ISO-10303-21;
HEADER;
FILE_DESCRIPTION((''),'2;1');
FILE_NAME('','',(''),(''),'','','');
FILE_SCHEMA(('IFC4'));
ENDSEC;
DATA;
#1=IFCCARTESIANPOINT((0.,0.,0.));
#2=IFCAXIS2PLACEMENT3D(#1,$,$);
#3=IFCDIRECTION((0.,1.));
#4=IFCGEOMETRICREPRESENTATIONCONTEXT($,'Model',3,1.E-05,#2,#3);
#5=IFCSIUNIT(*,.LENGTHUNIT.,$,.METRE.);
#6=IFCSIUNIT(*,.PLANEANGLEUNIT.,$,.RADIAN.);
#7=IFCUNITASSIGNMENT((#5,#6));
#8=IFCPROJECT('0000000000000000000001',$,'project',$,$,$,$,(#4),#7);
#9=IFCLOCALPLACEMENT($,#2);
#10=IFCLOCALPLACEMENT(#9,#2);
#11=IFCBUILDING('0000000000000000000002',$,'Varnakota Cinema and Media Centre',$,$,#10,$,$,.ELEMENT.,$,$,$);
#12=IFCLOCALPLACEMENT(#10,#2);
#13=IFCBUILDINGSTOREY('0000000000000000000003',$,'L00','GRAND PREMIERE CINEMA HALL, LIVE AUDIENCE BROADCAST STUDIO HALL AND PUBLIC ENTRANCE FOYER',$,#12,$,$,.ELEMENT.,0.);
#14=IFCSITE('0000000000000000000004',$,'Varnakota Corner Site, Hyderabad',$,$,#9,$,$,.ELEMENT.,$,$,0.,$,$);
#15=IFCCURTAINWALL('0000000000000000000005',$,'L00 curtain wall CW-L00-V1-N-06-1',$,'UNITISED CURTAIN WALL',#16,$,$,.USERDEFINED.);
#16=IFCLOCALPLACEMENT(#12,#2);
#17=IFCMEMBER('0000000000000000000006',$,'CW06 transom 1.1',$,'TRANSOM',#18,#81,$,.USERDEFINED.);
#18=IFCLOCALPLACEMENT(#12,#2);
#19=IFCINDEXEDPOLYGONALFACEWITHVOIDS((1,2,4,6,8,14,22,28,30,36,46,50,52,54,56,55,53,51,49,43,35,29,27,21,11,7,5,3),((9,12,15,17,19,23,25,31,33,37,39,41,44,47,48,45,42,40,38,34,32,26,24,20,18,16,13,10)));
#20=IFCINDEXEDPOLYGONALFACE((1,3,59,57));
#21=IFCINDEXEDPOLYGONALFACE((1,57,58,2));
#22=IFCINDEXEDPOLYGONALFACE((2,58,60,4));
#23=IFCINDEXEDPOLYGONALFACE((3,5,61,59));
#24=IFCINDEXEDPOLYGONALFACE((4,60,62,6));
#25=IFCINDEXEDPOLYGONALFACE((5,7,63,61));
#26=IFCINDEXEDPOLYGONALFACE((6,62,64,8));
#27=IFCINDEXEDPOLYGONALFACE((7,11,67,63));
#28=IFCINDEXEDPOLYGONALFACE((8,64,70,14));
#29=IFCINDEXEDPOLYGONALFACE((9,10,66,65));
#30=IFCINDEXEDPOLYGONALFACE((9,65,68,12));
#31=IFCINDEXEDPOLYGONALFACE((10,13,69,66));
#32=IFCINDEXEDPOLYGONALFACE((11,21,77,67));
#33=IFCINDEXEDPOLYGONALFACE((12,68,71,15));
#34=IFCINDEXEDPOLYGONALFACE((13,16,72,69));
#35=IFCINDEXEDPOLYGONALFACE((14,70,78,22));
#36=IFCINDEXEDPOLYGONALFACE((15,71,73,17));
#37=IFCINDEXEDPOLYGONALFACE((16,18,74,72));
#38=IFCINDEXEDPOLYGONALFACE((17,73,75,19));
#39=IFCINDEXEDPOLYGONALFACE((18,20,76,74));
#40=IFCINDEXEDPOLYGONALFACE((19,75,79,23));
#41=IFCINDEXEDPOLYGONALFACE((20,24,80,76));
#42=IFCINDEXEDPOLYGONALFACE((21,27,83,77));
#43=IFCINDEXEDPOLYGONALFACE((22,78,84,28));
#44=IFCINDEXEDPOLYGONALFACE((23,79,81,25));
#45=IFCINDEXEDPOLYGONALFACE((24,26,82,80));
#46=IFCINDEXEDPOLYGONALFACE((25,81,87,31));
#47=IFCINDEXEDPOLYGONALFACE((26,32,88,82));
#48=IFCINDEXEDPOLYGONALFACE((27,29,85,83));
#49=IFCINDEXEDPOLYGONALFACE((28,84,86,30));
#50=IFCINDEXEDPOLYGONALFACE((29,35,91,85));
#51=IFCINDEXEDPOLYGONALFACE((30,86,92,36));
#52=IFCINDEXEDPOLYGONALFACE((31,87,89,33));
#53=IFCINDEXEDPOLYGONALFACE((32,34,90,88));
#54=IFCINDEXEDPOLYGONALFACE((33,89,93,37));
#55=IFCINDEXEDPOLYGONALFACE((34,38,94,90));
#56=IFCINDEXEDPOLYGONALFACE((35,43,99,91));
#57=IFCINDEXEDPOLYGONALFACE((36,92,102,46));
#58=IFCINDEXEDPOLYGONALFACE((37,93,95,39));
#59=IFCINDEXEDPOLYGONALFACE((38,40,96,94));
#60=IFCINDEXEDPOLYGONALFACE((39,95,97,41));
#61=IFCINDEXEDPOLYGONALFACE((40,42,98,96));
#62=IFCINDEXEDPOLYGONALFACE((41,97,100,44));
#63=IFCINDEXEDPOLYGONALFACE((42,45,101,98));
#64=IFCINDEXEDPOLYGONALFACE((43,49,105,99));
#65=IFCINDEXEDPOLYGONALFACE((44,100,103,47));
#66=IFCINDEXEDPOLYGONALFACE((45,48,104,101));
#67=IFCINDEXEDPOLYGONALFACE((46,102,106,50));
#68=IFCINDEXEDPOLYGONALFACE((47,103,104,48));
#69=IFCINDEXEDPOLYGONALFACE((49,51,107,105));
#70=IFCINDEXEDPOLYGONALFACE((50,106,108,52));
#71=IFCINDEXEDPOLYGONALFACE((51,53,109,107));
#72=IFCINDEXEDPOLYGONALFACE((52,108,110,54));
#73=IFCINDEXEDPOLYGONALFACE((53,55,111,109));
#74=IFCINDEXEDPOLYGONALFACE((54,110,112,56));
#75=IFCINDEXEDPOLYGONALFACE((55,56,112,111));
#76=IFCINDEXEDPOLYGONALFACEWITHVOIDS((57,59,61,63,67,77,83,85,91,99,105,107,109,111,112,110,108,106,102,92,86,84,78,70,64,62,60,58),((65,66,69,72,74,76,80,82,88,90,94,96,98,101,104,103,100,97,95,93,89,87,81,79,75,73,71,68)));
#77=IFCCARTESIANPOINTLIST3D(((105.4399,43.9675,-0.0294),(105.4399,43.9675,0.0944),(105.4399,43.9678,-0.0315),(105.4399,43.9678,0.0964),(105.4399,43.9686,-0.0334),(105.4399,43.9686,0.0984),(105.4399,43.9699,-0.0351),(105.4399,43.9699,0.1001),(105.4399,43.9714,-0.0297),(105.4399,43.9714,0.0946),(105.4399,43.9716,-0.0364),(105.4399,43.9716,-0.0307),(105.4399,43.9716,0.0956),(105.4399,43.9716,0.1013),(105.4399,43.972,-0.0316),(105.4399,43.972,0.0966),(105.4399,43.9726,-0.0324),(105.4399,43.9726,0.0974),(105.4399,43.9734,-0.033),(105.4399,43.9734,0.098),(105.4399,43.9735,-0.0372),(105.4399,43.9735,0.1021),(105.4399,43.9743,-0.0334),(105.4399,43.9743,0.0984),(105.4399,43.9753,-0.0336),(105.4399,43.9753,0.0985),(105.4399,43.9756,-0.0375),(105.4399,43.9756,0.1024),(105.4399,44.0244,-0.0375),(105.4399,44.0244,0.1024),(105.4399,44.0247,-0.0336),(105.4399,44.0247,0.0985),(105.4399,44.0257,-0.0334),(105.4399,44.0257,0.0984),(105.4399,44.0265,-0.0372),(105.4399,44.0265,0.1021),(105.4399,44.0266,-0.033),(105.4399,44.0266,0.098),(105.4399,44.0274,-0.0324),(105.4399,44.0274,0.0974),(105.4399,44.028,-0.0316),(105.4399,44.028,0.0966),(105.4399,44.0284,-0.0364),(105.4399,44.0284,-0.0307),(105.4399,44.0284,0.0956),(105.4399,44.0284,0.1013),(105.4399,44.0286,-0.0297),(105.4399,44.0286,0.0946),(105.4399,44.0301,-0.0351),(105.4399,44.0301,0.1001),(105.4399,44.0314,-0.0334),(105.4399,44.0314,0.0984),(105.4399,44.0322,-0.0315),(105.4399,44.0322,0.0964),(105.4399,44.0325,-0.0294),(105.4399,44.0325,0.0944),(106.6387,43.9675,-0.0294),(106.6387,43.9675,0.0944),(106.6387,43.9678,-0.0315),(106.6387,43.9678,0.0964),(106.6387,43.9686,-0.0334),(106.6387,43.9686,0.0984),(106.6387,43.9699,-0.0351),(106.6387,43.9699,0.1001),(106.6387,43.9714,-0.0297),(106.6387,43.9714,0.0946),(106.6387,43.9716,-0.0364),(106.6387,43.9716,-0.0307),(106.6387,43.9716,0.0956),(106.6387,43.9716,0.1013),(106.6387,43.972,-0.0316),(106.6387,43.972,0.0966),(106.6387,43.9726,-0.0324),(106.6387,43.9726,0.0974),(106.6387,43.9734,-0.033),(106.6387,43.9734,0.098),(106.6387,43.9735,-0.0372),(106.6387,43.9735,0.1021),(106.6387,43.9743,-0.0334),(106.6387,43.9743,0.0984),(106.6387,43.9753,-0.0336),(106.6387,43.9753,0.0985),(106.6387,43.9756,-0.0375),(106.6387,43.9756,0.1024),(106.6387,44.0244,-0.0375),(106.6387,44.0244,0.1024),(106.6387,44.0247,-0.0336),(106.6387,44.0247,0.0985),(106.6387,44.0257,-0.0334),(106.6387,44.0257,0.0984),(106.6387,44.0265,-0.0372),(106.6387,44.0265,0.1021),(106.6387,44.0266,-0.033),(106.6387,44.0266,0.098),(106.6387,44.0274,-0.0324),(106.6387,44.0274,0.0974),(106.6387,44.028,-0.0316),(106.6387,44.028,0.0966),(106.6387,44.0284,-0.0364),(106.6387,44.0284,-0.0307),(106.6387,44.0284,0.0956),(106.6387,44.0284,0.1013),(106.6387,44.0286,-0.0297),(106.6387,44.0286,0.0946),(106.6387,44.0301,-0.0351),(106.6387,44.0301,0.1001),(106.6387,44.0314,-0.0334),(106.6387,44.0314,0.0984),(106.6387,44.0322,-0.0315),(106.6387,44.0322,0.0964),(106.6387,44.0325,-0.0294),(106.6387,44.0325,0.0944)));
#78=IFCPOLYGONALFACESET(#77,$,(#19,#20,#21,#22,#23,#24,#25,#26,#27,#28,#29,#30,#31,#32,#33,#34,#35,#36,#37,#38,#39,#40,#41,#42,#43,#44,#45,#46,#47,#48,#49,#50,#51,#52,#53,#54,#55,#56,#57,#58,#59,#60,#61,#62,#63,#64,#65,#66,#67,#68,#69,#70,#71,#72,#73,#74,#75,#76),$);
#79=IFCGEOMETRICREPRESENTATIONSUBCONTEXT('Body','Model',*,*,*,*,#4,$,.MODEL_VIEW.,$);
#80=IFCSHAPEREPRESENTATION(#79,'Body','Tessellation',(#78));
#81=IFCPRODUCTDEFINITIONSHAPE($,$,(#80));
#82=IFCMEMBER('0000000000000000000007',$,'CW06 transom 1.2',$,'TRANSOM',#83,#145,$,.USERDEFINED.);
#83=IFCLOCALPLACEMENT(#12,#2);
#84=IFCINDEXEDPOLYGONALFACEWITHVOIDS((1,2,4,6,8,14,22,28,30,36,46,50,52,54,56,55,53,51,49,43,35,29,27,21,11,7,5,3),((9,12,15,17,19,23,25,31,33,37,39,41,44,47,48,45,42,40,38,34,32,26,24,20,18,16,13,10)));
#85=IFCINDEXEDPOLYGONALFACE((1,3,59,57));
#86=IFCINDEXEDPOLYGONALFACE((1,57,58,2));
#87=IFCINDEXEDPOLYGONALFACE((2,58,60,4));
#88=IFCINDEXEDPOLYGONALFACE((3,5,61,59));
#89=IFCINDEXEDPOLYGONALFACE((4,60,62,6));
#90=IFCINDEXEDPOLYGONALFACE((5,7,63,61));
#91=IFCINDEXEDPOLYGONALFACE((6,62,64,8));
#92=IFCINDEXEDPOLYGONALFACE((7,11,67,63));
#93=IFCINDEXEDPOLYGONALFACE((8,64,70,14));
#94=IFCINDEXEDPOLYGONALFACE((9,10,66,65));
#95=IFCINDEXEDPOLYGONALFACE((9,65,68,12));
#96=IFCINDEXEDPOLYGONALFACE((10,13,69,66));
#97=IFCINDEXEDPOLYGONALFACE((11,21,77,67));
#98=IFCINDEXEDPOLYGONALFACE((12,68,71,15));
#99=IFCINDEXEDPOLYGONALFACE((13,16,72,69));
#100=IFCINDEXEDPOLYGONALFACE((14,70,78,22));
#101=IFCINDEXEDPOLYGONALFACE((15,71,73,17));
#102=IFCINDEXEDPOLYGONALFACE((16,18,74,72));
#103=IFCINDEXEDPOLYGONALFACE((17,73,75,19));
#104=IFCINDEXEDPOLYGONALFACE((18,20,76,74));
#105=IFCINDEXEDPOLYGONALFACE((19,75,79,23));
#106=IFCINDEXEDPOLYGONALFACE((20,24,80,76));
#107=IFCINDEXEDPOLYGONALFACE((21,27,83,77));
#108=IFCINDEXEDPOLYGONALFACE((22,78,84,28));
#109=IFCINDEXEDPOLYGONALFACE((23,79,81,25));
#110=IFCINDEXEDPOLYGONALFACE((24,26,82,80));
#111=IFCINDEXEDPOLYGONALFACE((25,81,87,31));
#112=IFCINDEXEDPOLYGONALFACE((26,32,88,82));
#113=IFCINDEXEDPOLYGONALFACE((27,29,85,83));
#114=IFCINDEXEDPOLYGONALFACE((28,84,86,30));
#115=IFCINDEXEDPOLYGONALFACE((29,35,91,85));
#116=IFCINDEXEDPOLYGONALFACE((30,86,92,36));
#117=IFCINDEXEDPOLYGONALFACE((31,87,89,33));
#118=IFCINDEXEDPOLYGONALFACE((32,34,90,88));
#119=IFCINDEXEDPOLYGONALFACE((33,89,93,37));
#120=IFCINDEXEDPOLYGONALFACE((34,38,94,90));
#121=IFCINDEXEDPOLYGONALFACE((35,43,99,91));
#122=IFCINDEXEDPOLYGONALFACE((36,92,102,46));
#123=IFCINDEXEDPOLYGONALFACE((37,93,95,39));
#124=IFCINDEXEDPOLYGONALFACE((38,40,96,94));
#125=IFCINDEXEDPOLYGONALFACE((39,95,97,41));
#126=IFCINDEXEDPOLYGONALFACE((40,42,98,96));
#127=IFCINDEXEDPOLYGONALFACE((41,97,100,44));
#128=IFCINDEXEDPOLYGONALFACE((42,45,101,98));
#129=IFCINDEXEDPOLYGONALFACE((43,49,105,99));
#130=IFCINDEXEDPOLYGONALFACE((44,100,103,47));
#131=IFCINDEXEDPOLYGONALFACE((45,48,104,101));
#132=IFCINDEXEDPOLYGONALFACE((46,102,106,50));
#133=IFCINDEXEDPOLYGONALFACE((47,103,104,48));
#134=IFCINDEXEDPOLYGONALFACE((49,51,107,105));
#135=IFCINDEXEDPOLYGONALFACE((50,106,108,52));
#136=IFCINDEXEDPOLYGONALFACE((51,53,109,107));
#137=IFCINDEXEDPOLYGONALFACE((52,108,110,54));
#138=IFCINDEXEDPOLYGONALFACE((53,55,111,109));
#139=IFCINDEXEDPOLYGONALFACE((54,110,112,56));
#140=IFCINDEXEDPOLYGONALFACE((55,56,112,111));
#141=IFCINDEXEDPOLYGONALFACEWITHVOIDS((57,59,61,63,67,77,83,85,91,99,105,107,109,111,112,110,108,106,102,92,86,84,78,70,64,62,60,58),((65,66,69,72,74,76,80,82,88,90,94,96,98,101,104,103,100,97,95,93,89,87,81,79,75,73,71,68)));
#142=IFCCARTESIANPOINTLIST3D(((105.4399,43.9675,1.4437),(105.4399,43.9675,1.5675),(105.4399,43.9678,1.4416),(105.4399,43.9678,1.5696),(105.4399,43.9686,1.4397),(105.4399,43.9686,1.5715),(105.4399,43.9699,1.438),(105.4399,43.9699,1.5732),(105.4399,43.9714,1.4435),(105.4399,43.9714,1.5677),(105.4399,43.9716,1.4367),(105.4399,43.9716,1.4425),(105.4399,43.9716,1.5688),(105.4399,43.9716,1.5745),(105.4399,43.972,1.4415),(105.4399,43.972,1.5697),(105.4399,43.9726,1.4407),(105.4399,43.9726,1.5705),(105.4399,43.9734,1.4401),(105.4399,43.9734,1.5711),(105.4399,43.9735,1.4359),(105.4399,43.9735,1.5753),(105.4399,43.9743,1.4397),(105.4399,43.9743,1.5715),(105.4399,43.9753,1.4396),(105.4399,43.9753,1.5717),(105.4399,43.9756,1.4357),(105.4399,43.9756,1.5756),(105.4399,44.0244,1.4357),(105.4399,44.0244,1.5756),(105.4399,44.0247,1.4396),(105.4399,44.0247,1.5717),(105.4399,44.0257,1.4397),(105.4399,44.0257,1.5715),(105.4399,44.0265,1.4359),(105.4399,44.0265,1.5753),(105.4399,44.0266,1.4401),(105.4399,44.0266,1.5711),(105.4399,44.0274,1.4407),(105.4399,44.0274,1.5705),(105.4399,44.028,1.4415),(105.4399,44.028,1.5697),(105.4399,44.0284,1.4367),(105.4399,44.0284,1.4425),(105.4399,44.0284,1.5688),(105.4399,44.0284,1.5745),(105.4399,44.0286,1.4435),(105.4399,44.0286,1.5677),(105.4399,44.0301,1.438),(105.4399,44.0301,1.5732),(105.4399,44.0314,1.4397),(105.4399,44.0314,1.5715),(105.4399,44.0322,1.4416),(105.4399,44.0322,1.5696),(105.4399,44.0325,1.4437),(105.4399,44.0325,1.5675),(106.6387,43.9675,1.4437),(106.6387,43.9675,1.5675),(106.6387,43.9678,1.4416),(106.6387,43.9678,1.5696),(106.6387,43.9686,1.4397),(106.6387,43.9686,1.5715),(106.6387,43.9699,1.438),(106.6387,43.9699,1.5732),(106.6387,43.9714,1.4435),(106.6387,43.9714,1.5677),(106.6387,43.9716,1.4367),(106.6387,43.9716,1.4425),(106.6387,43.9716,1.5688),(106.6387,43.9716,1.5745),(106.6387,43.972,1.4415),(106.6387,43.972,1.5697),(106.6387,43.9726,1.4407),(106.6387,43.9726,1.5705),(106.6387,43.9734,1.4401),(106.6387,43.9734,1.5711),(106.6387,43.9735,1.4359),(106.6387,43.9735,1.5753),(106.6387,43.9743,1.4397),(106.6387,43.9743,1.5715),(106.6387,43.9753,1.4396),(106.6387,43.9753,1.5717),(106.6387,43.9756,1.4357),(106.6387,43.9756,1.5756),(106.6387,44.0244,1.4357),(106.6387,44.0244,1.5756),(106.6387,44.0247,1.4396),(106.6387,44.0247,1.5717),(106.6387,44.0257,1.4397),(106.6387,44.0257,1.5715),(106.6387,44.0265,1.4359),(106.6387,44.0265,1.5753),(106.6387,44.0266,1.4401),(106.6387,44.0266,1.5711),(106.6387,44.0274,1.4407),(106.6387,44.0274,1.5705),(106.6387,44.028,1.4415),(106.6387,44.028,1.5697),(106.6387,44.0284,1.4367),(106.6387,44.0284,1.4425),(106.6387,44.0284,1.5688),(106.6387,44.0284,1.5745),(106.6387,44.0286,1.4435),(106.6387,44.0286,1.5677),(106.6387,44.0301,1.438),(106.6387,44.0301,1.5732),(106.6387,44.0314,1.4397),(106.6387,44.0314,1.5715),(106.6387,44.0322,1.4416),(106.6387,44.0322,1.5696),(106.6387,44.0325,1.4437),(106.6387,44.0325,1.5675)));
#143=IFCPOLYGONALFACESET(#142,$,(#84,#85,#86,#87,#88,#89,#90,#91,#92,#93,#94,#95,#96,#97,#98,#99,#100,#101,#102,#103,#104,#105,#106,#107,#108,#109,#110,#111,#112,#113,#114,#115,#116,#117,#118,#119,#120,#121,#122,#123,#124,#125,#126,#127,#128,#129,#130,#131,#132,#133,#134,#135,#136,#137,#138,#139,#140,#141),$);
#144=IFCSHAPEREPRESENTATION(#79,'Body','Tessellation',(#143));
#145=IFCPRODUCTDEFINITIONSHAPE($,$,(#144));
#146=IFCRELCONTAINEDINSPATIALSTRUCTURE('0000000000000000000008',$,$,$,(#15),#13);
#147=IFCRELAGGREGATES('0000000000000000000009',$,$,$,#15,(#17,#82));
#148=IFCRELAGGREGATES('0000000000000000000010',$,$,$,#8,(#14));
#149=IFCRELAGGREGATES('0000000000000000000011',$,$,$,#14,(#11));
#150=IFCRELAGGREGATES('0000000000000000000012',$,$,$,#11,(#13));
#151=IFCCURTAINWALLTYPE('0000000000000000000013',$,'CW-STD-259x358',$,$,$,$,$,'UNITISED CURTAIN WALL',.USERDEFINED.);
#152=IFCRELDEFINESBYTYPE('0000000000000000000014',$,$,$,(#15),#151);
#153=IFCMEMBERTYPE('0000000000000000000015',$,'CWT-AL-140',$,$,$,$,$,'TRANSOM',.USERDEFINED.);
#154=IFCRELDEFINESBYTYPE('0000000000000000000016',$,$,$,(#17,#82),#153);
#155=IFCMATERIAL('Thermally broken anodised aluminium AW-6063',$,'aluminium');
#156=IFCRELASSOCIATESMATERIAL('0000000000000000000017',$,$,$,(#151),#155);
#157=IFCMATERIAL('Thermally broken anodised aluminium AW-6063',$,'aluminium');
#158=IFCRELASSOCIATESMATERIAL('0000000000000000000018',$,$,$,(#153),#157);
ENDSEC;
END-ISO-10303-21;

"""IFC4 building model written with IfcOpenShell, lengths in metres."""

from ifc_helpers import new_model, si_unit, direction, frame, origin, origin_2d, place, context, subcontext, project, spatial, hollow_rectangle, extrude, material, material_profile, profile_set, type_object, element, aggregate, save


model = new_model("IFC4")

# Units and contexts
model_context = context("Model", 3, precision=1e-05, world=origin(), true_north=direction((0.0, 1.0)))
body_context = subcontext(model_context, "Body", "Model", "MODEL_VIEW")
ifc_project = project(units=[si_unit("LENGTHUNIT", "METRE"), si_unit("PLANEANGLEUNIT", "RADIAN")], contexts=[model_context])

# Site, building, storey
site_placement = place(None, origin())
site = spatial("IfcSite", under=ifc_project, at=site_placement, Name="Varnakota Corner Site, Hyderabad", CompositionType="ELEMENT", RefElevation=0.0)
building_placement = place(site_placement, origin())
building = spatial("IfcBuilding", under=site, at=building_placement, Name="Varnakota Cinema and Media Centre", CompositionType="ELEMENT")
storey_placement = place(building_placement, origin())
storey = spatial("IfcBuildingStorey", under=building, at=storey_placement, Name="L00", Description="GRAND PREMIERE CINEMA HALL, LIVE AUDIENCE BROADCAST STUDIO HALL AND PUBLIC ENTRANCE FOYER", CompositionType="ELEMENT", Elevation=0.0)

# Shared definitions
ifc_material_1 = material(Name="Thermally broken anodised aluminium AW-6063", Category="aluminium")
curtain_wall_type = type_object("IfcCurtainWallType", Name="CW-STD-259x358", ElementType="UNITISED CURTAIN WALL", PredefinedType="USERDEFINED", material=ifc_material_1)

# Curtain wall
curtain_wall_1_placement = place(storey_placement, origin())
curtain_wall_1 = element("IfcCurtainWall", 1, at=curtain_wall_1_placement, inside=storey, type_object=curtain_wall_type, Name="L00 curtain wall CW-L00-V1-N-06-1", ObjectType="UNITISED CURTAIN WALL", PredefinedType="USERDEFINED")

# Members
ifc_material_2 = material(Name="Thermally broken anodised aluminium AW-6063", Category="aluminium")
ifc_material_profile_1 = material_profile(ifc_material_2, hollow_rectangle(XDim=0.0649, YDim=0.1399, WallThickness=0.0039, InnerFilletRadius=0.0039, OuterFilletRadius=0.0081, at=origin_2d()), Name="AL-TRANSOM 140x65x4")
ifc_profile_set_1 = profile_set([ifc_material_profile_1], Name="Thermally broken anodised aluminium AW-6063")
member_type_1 = type_object("IfcMemberType", Name="CWT-AL-140", ElementType="TRANSOM", PredefinedType="USERDEFINED", material=ifc_profile_set_1)
member_1_placement = place(storey_placement, frame((105.4399, 44.0, 0.0325), z_axis=(1.0, 0.0, 0.0), x_axis=(0.0, 1.0, 0.0)))
member_1 = element("IfcMember", 2, at=member_1_placement, type_object=member_type_1, Name="CW06 transom 1.1", ObjectType="TRANSOM", PredefinedType="USERDEFINED", context=body_context, shape_type="SweptSolid", body=[
    extrude(hollow_rectangle(XDim=0.0649, YDim=0.1399, WallThickness=0.0039, InnerFilletRadius=0.0039, OuterFilletRadius=0.0081, at=origin_2d()), origin(), (0.0, 0.0, 1.0), 1.1987),
])
member_2_placement = place(storey_placement, frame((105.4399, 44.0, 1.5056), z_axis=(1.0, 0.0, 0.0), x_axis=(0.0, 1.0, 0.0)))
member_2 = element("IfcMember", 3, at=member_2_placement, type_object=member_type_1, Name="CW06 transom 1.2", ObjectType="TRANSOM", PredefinedType="USERDEFINED", context=body_context, shape_type="SweptSolid", body=[
    extrude(hollow_rectangle(XDim=0.0649, YDim=0.1399, WallThickness=0.0039, InnerFilletRadius=0.0039, OuterFilletRadius=0.0081, at=origin_2d()), origin(), (0.0, 0.0, 1.0), 1.1987),
])

aggregate(curtain_wall_1, [member_1, member_2])

save(model, "model.ifc")
